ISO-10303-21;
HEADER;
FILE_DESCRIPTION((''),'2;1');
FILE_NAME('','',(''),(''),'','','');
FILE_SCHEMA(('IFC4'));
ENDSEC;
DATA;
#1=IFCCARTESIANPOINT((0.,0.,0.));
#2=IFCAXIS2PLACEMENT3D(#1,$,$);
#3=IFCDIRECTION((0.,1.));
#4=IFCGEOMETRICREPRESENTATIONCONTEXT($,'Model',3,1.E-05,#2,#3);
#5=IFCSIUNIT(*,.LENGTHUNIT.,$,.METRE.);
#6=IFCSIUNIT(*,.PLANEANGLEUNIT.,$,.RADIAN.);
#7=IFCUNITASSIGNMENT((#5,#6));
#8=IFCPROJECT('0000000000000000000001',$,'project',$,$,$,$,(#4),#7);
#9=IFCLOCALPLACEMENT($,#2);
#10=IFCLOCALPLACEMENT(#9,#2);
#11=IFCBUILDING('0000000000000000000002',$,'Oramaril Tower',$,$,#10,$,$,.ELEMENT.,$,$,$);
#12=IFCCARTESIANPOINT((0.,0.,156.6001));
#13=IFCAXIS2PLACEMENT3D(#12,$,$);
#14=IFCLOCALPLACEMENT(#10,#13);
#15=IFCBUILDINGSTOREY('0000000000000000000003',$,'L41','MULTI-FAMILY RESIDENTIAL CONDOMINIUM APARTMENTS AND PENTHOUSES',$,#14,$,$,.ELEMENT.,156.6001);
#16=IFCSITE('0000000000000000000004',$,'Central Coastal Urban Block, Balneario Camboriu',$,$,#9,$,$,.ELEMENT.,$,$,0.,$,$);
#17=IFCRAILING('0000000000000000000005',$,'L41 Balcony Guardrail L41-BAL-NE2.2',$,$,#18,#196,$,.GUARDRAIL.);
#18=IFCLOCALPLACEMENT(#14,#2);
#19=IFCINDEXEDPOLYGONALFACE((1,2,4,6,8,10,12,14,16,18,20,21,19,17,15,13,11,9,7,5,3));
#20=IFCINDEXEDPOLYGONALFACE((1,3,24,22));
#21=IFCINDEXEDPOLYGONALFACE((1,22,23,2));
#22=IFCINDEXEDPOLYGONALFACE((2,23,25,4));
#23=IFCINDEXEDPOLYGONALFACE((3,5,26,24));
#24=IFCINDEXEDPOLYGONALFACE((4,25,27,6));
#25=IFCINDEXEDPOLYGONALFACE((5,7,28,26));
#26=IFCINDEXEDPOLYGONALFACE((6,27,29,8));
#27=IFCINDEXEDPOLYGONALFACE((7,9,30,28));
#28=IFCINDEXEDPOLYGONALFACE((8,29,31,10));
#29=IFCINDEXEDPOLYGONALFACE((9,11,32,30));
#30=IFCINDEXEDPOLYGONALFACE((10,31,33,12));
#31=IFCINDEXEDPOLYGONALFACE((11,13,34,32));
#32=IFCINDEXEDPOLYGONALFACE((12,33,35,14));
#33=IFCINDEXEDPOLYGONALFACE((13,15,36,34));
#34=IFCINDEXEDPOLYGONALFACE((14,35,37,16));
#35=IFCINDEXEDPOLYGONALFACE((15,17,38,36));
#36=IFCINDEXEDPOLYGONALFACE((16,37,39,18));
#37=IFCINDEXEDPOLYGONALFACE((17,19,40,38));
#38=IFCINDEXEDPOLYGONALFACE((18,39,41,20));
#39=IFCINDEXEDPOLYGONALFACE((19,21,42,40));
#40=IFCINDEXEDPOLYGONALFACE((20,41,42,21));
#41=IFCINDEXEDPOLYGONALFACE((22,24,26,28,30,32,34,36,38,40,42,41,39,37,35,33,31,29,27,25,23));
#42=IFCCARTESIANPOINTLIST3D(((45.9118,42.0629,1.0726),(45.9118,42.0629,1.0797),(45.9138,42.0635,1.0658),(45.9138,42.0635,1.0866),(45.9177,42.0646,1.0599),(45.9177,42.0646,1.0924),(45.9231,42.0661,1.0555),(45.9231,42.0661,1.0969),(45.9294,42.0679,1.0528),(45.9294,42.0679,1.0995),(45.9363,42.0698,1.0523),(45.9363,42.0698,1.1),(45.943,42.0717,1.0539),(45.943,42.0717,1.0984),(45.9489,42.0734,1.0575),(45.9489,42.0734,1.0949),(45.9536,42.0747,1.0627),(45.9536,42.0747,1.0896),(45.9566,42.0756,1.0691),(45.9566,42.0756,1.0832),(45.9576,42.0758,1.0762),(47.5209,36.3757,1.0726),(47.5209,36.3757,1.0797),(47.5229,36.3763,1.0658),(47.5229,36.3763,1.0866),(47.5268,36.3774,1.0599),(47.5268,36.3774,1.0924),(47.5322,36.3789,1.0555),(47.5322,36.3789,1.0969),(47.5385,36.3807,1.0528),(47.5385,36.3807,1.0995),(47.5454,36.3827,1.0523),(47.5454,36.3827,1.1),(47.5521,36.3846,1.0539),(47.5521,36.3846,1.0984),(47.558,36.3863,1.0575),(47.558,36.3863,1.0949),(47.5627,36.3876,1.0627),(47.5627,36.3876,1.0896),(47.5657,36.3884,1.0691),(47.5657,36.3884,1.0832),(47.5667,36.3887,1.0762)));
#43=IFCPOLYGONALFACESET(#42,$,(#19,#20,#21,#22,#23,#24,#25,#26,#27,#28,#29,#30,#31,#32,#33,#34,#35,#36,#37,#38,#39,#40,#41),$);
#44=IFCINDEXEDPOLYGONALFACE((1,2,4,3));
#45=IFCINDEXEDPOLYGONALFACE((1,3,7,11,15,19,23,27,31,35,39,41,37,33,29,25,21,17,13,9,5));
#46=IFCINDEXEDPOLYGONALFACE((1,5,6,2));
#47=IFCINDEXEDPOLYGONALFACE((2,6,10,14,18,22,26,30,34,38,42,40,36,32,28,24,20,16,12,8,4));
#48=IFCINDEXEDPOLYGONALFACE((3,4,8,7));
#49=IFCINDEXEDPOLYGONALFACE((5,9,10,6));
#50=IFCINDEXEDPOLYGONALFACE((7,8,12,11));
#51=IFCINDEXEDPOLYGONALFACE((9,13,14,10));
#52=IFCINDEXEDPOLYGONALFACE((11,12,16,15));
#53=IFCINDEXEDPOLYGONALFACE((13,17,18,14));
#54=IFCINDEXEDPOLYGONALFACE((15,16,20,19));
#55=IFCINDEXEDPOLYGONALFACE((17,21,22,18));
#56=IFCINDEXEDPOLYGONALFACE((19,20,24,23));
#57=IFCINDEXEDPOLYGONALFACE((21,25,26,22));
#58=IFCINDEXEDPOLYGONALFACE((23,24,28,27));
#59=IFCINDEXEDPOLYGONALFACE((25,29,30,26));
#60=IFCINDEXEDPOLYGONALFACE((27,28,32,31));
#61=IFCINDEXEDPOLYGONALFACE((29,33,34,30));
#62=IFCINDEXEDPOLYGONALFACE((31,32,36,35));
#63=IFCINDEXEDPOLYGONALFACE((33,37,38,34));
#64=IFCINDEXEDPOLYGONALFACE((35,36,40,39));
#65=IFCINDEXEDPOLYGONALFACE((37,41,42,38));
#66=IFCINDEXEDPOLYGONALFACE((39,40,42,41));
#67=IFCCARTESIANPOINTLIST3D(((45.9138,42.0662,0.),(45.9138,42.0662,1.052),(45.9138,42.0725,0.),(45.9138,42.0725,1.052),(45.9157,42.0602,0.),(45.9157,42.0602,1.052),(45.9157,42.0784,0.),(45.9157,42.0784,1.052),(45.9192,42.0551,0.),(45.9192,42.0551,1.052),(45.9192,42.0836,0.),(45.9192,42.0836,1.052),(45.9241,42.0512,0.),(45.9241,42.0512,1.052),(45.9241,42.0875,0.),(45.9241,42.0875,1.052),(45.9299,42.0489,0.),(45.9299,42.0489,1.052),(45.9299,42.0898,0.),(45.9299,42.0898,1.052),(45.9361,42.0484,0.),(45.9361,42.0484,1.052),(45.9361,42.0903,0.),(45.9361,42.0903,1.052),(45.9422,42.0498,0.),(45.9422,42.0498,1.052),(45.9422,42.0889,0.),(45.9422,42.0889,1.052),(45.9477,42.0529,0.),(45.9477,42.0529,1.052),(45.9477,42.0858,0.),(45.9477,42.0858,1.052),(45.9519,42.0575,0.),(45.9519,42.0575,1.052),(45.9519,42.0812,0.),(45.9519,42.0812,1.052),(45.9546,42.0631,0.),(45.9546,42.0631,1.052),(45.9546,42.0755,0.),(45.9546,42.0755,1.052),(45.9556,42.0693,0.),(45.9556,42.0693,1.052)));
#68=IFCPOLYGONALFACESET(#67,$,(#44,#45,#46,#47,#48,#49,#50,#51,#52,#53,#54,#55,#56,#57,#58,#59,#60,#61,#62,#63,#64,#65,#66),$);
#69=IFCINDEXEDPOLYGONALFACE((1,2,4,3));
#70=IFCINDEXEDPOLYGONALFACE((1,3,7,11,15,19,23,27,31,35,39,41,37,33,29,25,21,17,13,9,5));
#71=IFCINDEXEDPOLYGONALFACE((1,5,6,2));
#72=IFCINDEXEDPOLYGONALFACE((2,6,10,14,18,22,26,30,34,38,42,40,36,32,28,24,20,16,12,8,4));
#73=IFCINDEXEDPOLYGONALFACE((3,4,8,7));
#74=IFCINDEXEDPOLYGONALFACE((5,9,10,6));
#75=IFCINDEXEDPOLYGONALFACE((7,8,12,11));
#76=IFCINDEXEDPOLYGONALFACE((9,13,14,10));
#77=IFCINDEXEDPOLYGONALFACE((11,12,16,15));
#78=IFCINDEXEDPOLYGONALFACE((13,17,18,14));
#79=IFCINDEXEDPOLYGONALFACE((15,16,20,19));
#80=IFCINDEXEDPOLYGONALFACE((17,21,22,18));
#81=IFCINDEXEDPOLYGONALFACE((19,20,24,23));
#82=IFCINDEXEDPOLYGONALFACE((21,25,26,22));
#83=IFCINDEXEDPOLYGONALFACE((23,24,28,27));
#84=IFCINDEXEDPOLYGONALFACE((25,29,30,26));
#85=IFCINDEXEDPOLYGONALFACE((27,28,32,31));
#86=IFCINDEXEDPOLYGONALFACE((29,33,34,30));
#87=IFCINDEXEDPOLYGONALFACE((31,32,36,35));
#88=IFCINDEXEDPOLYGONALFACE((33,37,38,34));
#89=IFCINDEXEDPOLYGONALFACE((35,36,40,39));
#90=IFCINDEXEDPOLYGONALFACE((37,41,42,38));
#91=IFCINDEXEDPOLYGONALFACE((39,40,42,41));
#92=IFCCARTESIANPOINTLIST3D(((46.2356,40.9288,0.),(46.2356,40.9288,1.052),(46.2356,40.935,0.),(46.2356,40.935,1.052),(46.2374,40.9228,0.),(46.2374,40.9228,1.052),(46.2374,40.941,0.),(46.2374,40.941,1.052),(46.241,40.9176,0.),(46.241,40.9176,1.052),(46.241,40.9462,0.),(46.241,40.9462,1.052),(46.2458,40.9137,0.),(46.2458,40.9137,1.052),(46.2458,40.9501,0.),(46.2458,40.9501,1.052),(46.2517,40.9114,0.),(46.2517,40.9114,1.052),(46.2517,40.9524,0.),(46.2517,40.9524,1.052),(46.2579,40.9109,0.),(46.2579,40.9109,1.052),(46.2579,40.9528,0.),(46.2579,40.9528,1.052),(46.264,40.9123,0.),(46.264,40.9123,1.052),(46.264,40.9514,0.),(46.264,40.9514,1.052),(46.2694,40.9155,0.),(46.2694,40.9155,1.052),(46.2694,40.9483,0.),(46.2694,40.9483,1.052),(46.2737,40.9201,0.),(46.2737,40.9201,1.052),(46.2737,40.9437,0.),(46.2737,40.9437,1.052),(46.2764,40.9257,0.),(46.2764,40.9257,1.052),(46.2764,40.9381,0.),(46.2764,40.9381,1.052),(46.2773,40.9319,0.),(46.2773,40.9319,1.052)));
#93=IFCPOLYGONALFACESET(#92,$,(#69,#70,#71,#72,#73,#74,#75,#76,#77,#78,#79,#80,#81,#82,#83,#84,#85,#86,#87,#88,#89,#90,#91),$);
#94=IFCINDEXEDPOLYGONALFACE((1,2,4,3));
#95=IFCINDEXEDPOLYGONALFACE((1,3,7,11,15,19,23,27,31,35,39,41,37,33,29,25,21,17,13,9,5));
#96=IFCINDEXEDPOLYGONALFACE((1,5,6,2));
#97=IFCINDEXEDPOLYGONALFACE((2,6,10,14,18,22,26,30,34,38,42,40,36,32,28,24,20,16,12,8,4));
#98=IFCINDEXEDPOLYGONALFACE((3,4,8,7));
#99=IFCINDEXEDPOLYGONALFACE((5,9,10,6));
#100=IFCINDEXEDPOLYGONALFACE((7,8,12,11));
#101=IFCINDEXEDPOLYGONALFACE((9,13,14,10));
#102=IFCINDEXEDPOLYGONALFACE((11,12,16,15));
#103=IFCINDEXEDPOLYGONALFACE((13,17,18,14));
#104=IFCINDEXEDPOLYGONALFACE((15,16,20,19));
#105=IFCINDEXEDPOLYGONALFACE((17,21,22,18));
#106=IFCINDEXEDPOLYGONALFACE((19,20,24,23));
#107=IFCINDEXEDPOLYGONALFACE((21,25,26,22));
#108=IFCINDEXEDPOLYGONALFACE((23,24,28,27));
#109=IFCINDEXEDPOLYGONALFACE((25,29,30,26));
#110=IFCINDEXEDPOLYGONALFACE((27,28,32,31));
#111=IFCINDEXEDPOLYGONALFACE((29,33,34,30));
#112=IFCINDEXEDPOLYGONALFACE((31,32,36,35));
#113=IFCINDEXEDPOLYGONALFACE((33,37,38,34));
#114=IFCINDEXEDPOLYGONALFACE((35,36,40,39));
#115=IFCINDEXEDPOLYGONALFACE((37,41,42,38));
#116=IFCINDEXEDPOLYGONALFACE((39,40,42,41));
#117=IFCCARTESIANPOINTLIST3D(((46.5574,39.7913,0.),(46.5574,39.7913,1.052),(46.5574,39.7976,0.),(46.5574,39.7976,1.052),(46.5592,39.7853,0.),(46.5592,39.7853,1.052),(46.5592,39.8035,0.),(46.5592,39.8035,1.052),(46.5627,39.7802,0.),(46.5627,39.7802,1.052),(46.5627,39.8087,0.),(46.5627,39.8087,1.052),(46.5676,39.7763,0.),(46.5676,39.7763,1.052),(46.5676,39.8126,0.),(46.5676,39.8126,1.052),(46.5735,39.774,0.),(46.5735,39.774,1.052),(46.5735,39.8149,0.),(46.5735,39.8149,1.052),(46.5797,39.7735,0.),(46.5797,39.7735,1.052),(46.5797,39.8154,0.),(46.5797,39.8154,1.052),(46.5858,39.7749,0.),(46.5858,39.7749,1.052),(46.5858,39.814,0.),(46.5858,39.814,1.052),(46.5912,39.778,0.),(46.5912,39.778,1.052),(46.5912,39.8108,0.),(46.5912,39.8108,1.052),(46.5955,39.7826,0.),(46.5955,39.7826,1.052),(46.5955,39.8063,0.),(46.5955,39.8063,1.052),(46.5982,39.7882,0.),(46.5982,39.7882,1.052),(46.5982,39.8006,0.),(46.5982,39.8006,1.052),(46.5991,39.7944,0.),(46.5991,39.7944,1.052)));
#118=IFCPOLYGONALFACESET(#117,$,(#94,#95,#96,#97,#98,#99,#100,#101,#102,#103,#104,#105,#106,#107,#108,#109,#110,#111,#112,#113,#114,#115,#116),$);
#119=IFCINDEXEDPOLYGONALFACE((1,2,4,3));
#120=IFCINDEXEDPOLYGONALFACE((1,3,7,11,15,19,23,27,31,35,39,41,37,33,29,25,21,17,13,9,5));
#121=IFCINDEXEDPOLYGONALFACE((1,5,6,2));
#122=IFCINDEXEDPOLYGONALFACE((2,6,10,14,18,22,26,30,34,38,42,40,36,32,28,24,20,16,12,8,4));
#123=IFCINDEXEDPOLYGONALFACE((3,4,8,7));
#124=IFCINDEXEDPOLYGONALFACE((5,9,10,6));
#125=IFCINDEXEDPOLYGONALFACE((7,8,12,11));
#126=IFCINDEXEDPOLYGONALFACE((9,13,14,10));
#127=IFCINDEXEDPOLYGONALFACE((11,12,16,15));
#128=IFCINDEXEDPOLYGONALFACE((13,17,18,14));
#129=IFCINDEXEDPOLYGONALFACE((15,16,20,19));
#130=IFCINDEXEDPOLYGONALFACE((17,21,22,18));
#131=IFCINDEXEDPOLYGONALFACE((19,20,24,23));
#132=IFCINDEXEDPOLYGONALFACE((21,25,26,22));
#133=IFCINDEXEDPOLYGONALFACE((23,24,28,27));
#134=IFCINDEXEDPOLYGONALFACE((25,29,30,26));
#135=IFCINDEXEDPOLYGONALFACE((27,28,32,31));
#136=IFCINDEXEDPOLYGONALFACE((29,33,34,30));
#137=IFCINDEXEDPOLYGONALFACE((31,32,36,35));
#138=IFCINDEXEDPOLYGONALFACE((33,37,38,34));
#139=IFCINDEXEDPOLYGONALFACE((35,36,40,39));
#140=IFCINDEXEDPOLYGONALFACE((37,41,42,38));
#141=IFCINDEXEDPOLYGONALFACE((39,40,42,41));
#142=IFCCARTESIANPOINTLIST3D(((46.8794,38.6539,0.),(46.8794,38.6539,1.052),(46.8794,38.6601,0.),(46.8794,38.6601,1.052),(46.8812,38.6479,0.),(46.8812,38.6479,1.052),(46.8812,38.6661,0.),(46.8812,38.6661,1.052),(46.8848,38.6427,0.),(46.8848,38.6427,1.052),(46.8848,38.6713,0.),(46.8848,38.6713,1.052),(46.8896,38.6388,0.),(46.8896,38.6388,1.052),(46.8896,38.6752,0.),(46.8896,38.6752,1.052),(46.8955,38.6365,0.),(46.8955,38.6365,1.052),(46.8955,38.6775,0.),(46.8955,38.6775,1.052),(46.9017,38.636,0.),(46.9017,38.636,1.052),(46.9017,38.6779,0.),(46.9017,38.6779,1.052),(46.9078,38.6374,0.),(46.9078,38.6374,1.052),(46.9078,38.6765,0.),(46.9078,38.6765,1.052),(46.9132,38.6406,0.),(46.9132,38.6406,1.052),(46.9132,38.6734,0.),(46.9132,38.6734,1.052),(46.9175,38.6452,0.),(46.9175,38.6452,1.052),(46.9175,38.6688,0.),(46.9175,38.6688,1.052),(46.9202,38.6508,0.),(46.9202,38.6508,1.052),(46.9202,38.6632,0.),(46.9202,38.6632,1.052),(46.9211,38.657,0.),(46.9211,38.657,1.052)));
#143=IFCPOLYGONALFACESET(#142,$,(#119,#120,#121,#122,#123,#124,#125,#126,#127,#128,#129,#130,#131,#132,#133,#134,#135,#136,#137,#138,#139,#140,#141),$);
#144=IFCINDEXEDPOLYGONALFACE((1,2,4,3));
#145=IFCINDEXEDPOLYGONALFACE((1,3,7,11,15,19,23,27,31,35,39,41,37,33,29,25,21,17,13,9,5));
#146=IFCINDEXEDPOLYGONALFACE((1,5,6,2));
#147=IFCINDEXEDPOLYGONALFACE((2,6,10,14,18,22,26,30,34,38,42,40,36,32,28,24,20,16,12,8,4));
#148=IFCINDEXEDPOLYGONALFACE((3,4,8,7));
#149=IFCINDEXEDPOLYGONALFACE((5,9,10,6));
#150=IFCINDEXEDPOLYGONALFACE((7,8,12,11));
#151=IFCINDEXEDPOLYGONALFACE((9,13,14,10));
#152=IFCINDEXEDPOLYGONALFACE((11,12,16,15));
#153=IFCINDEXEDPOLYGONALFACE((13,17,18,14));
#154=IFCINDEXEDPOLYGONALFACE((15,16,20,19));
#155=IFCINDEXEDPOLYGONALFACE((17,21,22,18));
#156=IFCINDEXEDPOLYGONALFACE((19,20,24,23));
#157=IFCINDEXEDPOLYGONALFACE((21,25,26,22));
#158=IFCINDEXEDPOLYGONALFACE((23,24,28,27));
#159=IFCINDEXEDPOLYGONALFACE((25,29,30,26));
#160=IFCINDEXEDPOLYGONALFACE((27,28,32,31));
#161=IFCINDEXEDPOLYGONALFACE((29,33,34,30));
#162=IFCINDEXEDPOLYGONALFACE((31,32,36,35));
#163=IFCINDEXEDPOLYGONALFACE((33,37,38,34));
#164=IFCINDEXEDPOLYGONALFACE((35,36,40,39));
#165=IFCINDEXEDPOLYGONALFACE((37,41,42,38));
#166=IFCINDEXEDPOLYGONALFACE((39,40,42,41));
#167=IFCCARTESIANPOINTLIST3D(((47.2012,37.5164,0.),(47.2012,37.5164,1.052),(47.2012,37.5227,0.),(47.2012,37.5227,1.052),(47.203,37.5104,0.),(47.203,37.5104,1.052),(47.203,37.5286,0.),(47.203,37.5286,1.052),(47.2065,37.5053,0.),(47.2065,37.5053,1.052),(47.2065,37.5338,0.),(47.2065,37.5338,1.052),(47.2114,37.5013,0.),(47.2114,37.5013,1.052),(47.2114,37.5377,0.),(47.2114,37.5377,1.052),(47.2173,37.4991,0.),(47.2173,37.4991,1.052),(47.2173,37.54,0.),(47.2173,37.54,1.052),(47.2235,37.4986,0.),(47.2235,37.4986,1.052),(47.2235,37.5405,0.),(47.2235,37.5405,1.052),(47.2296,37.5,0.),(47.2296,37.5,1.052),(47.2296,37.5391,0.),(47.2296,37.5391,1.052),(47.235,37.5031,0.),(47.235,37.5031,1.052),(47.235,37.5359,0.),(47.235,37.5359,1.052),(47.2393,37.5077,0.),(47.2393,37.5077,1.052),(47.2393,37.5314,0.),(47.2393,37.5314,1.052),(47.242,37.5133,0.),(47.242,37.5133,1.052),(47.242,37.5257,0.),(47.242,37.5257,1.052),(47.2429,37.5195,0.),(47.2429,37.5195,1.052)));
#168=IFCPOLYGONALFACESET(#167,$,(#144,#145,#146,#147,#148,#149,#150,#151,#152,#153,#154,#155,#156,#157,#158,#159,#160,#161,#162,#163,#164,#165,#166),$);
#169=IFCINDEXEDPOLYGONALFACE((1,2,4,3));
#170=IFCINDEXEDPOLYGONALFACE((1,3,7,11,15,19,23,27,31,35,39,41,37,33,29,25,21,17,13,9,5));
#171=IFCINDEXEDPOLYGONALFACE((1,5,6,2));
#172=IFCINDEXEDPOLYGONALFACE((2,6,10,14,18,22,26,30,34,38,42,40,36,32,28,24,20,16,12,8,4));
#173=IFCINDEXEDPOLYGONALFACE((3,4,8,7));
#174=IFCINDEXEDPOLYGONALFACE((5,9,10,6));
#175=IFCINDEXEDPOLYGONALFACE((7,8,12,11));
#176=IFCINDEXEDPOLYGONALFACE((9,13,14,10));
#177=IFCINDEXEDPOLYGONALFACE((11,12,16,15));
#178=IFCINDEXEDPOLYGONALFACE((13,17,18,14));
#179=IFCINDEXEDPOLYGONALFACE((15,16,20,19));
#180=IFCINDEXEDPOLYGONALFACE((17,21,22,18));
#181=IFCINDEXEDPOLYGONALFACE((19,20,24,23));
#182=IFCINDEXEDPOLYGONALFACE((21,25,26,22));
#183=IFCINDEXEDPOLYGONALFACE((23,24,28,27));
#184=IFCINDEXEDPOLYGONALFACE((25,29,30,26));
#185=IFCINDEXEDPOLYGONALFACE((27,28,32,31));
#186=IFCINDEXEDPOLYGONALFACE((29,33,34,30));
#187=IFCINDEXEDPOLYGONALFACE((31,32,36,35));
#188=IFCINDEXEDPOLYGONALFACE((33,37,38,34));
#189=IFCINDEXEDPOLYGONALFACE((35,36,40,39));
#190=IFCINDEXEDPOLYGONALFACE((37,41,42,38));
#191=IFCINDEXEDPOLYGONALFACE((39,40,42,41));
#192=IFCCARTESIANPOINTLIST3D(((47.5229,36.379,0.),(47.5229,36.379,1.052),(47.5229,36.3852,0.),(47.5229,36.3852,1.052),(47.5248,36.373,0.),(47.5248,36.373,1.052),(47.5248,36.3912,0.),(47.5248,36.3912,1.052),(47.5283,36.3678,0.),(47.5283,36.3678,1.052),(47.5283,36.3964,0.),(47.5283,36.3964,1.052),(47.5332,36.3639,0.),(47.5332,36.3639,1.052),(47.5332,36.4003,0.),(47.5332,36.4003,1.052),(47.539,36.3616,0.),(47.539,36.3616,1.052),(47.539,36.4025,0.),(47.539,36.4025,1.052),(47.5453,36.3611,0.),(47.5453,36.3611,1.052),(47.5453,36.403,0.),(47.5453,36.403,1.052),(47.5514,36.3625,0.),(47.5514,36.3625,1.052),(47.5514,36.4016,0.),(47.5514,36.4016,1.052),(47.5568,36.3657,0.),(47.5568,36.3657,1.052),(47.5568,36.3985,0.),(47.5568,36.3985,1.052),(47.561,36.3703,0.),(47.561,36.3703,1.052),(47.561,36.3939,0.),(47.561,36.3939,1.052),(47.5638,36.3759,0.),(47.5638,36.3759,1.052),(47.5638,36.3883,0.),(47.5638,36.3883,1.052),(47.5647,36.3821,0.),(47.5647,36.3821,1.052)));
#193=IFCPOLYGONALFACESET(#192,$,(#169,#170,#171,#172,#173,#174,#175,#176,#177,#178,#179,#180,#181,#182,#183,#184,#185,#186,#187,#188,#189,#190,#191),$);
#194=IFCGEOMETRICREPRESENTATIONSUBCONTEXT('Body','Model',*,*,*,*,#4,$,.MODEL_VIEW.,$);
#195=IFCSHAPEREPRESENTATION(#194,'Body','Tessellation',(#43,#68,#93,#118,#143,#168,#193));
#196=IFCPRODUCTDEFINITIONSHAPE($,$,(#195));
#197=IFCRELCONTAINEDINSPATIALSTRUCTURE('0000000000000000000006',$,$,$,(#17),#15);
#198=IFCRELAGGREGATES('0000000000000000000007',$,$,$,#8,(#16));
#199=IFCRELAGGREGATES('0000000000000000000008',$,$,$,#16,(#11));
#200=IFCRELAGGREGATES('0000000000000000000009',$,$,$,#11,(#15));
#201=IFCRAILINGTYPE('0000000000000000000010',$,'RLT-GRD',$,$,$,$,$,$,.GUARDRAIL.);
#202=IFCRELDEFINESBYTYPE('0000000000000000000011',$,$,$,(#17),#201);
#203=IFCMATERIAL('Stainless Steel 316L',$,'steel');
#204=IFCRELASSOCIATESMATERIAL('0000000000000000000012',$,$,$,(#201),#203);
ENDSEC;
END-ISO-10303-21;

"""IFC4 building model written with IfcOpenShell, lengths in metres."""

from ifc_helpers import new_model, si_unit, direction, frame, origin, origin_2d, place, context, subcontext, project, spatial, circle, extrude, material, type_object, element, save


model = new_model("IFC4")

# Units and contexts
model_context = context("Model", 3, precision=1e-05, world=origin(), true_north=direction((0.0, 1.0)))
body_context = subcontext(model_context, "Body", "Model", "MODEL_VIEW")
ifc_project = project(units=[si_unit("LENGTHUNIT", "METRE"), si_unit("PLANEANGLEUNIT", "RADIAN")], contexts=[model_context])

# Site, building, storey
site_placement = place(None, origin())
site = spatial("IfcSite", under=ifc_project, at=site_placement, Name="Central Coastal Urban Block, Balneario Camboriu", CompositionType="ELEMENT", RefElevation=0.0)
building_placement = place(site_placement, origin())
building = spatial("IfcBuilding", under=site, at=building_placement, Name="Oramaril Tower", CompositionType="ELEMENT")
storey_placement = place(building_placement, frame((0.0, 0.0, 156.6001)))
storey = spatial("IfcBuildingStorey", under=building, at=storey_placement, Name="L41", Description="MULTI-FAMILY RESIDENTIAL CONDOMINIUM APARTMENTS AND PENTHOUSES", CompositionType="ELEMENT", Elevation=156.6001)

# Railing
ifc_material_1 = material(Name="Stainless Steel 316L", Category="steel")
railing_type = type_object("IfcRailingType", Name="RLT-GRD", PredefinedType="GUARDRAIL", material=ifc_material_1)
railing_1_placement = place(storey_placement, frame((45.9346, 42.0693, 0.0)))
element("IfcRailing", 1, at=railing_1_placement, inside=storey, type_object=railing_type, Name="L41 Balcony Guardrail L41-BAL-NE2.2", PredefinedType="GUARDRAIL", context=body_context, shape_type="SweptSolid", body=[
    extrude(circle(Radius=0.0239, at=origin_2d()), frame((0.0, 0.0, 1.0762), z_axis=(0.272249, -0.962227, 0.0), x_axis=(0.962227, 0.272249, 0.0)), (0.0, 0.0, 1.0), 5.9104),
    extrude(circle(Radius=0.021, at=origin_2d()), origin(), (0.0, 0.0, 1.0), 1.052),
    extrude(circle(Radius=0.021, at=origin_2d()), frame((0.3218, -1.1375, 0.0)), (0.0, 0.0, 1.0), 1.052),
    extrude(circle(Radius=0.021, at=origin_2d()), frame((0.6436, -2.2749, 0.0)), (0.0, 0.0, 1.0), 1.052),
    extrude(circle(Radius=0.021, at=origin_2d()), frame((0.9656, -3.4124, 0.0)), (0.0, 0.0, 1.0), 1.052),
    extrude(circle(Radius=0.021, at=origin_2d()), frame((1.2874, -4.5498, 0.0)), (0.0, 0.0, 1.0), 1.052),
    extrude(circle(Radius=0.021, at=origin_2d()), frame((1.6091, -5.6873, 0.0)), (0.0, 0.0, 1.0), 1.052),
])

save(model, "model.ifc")
